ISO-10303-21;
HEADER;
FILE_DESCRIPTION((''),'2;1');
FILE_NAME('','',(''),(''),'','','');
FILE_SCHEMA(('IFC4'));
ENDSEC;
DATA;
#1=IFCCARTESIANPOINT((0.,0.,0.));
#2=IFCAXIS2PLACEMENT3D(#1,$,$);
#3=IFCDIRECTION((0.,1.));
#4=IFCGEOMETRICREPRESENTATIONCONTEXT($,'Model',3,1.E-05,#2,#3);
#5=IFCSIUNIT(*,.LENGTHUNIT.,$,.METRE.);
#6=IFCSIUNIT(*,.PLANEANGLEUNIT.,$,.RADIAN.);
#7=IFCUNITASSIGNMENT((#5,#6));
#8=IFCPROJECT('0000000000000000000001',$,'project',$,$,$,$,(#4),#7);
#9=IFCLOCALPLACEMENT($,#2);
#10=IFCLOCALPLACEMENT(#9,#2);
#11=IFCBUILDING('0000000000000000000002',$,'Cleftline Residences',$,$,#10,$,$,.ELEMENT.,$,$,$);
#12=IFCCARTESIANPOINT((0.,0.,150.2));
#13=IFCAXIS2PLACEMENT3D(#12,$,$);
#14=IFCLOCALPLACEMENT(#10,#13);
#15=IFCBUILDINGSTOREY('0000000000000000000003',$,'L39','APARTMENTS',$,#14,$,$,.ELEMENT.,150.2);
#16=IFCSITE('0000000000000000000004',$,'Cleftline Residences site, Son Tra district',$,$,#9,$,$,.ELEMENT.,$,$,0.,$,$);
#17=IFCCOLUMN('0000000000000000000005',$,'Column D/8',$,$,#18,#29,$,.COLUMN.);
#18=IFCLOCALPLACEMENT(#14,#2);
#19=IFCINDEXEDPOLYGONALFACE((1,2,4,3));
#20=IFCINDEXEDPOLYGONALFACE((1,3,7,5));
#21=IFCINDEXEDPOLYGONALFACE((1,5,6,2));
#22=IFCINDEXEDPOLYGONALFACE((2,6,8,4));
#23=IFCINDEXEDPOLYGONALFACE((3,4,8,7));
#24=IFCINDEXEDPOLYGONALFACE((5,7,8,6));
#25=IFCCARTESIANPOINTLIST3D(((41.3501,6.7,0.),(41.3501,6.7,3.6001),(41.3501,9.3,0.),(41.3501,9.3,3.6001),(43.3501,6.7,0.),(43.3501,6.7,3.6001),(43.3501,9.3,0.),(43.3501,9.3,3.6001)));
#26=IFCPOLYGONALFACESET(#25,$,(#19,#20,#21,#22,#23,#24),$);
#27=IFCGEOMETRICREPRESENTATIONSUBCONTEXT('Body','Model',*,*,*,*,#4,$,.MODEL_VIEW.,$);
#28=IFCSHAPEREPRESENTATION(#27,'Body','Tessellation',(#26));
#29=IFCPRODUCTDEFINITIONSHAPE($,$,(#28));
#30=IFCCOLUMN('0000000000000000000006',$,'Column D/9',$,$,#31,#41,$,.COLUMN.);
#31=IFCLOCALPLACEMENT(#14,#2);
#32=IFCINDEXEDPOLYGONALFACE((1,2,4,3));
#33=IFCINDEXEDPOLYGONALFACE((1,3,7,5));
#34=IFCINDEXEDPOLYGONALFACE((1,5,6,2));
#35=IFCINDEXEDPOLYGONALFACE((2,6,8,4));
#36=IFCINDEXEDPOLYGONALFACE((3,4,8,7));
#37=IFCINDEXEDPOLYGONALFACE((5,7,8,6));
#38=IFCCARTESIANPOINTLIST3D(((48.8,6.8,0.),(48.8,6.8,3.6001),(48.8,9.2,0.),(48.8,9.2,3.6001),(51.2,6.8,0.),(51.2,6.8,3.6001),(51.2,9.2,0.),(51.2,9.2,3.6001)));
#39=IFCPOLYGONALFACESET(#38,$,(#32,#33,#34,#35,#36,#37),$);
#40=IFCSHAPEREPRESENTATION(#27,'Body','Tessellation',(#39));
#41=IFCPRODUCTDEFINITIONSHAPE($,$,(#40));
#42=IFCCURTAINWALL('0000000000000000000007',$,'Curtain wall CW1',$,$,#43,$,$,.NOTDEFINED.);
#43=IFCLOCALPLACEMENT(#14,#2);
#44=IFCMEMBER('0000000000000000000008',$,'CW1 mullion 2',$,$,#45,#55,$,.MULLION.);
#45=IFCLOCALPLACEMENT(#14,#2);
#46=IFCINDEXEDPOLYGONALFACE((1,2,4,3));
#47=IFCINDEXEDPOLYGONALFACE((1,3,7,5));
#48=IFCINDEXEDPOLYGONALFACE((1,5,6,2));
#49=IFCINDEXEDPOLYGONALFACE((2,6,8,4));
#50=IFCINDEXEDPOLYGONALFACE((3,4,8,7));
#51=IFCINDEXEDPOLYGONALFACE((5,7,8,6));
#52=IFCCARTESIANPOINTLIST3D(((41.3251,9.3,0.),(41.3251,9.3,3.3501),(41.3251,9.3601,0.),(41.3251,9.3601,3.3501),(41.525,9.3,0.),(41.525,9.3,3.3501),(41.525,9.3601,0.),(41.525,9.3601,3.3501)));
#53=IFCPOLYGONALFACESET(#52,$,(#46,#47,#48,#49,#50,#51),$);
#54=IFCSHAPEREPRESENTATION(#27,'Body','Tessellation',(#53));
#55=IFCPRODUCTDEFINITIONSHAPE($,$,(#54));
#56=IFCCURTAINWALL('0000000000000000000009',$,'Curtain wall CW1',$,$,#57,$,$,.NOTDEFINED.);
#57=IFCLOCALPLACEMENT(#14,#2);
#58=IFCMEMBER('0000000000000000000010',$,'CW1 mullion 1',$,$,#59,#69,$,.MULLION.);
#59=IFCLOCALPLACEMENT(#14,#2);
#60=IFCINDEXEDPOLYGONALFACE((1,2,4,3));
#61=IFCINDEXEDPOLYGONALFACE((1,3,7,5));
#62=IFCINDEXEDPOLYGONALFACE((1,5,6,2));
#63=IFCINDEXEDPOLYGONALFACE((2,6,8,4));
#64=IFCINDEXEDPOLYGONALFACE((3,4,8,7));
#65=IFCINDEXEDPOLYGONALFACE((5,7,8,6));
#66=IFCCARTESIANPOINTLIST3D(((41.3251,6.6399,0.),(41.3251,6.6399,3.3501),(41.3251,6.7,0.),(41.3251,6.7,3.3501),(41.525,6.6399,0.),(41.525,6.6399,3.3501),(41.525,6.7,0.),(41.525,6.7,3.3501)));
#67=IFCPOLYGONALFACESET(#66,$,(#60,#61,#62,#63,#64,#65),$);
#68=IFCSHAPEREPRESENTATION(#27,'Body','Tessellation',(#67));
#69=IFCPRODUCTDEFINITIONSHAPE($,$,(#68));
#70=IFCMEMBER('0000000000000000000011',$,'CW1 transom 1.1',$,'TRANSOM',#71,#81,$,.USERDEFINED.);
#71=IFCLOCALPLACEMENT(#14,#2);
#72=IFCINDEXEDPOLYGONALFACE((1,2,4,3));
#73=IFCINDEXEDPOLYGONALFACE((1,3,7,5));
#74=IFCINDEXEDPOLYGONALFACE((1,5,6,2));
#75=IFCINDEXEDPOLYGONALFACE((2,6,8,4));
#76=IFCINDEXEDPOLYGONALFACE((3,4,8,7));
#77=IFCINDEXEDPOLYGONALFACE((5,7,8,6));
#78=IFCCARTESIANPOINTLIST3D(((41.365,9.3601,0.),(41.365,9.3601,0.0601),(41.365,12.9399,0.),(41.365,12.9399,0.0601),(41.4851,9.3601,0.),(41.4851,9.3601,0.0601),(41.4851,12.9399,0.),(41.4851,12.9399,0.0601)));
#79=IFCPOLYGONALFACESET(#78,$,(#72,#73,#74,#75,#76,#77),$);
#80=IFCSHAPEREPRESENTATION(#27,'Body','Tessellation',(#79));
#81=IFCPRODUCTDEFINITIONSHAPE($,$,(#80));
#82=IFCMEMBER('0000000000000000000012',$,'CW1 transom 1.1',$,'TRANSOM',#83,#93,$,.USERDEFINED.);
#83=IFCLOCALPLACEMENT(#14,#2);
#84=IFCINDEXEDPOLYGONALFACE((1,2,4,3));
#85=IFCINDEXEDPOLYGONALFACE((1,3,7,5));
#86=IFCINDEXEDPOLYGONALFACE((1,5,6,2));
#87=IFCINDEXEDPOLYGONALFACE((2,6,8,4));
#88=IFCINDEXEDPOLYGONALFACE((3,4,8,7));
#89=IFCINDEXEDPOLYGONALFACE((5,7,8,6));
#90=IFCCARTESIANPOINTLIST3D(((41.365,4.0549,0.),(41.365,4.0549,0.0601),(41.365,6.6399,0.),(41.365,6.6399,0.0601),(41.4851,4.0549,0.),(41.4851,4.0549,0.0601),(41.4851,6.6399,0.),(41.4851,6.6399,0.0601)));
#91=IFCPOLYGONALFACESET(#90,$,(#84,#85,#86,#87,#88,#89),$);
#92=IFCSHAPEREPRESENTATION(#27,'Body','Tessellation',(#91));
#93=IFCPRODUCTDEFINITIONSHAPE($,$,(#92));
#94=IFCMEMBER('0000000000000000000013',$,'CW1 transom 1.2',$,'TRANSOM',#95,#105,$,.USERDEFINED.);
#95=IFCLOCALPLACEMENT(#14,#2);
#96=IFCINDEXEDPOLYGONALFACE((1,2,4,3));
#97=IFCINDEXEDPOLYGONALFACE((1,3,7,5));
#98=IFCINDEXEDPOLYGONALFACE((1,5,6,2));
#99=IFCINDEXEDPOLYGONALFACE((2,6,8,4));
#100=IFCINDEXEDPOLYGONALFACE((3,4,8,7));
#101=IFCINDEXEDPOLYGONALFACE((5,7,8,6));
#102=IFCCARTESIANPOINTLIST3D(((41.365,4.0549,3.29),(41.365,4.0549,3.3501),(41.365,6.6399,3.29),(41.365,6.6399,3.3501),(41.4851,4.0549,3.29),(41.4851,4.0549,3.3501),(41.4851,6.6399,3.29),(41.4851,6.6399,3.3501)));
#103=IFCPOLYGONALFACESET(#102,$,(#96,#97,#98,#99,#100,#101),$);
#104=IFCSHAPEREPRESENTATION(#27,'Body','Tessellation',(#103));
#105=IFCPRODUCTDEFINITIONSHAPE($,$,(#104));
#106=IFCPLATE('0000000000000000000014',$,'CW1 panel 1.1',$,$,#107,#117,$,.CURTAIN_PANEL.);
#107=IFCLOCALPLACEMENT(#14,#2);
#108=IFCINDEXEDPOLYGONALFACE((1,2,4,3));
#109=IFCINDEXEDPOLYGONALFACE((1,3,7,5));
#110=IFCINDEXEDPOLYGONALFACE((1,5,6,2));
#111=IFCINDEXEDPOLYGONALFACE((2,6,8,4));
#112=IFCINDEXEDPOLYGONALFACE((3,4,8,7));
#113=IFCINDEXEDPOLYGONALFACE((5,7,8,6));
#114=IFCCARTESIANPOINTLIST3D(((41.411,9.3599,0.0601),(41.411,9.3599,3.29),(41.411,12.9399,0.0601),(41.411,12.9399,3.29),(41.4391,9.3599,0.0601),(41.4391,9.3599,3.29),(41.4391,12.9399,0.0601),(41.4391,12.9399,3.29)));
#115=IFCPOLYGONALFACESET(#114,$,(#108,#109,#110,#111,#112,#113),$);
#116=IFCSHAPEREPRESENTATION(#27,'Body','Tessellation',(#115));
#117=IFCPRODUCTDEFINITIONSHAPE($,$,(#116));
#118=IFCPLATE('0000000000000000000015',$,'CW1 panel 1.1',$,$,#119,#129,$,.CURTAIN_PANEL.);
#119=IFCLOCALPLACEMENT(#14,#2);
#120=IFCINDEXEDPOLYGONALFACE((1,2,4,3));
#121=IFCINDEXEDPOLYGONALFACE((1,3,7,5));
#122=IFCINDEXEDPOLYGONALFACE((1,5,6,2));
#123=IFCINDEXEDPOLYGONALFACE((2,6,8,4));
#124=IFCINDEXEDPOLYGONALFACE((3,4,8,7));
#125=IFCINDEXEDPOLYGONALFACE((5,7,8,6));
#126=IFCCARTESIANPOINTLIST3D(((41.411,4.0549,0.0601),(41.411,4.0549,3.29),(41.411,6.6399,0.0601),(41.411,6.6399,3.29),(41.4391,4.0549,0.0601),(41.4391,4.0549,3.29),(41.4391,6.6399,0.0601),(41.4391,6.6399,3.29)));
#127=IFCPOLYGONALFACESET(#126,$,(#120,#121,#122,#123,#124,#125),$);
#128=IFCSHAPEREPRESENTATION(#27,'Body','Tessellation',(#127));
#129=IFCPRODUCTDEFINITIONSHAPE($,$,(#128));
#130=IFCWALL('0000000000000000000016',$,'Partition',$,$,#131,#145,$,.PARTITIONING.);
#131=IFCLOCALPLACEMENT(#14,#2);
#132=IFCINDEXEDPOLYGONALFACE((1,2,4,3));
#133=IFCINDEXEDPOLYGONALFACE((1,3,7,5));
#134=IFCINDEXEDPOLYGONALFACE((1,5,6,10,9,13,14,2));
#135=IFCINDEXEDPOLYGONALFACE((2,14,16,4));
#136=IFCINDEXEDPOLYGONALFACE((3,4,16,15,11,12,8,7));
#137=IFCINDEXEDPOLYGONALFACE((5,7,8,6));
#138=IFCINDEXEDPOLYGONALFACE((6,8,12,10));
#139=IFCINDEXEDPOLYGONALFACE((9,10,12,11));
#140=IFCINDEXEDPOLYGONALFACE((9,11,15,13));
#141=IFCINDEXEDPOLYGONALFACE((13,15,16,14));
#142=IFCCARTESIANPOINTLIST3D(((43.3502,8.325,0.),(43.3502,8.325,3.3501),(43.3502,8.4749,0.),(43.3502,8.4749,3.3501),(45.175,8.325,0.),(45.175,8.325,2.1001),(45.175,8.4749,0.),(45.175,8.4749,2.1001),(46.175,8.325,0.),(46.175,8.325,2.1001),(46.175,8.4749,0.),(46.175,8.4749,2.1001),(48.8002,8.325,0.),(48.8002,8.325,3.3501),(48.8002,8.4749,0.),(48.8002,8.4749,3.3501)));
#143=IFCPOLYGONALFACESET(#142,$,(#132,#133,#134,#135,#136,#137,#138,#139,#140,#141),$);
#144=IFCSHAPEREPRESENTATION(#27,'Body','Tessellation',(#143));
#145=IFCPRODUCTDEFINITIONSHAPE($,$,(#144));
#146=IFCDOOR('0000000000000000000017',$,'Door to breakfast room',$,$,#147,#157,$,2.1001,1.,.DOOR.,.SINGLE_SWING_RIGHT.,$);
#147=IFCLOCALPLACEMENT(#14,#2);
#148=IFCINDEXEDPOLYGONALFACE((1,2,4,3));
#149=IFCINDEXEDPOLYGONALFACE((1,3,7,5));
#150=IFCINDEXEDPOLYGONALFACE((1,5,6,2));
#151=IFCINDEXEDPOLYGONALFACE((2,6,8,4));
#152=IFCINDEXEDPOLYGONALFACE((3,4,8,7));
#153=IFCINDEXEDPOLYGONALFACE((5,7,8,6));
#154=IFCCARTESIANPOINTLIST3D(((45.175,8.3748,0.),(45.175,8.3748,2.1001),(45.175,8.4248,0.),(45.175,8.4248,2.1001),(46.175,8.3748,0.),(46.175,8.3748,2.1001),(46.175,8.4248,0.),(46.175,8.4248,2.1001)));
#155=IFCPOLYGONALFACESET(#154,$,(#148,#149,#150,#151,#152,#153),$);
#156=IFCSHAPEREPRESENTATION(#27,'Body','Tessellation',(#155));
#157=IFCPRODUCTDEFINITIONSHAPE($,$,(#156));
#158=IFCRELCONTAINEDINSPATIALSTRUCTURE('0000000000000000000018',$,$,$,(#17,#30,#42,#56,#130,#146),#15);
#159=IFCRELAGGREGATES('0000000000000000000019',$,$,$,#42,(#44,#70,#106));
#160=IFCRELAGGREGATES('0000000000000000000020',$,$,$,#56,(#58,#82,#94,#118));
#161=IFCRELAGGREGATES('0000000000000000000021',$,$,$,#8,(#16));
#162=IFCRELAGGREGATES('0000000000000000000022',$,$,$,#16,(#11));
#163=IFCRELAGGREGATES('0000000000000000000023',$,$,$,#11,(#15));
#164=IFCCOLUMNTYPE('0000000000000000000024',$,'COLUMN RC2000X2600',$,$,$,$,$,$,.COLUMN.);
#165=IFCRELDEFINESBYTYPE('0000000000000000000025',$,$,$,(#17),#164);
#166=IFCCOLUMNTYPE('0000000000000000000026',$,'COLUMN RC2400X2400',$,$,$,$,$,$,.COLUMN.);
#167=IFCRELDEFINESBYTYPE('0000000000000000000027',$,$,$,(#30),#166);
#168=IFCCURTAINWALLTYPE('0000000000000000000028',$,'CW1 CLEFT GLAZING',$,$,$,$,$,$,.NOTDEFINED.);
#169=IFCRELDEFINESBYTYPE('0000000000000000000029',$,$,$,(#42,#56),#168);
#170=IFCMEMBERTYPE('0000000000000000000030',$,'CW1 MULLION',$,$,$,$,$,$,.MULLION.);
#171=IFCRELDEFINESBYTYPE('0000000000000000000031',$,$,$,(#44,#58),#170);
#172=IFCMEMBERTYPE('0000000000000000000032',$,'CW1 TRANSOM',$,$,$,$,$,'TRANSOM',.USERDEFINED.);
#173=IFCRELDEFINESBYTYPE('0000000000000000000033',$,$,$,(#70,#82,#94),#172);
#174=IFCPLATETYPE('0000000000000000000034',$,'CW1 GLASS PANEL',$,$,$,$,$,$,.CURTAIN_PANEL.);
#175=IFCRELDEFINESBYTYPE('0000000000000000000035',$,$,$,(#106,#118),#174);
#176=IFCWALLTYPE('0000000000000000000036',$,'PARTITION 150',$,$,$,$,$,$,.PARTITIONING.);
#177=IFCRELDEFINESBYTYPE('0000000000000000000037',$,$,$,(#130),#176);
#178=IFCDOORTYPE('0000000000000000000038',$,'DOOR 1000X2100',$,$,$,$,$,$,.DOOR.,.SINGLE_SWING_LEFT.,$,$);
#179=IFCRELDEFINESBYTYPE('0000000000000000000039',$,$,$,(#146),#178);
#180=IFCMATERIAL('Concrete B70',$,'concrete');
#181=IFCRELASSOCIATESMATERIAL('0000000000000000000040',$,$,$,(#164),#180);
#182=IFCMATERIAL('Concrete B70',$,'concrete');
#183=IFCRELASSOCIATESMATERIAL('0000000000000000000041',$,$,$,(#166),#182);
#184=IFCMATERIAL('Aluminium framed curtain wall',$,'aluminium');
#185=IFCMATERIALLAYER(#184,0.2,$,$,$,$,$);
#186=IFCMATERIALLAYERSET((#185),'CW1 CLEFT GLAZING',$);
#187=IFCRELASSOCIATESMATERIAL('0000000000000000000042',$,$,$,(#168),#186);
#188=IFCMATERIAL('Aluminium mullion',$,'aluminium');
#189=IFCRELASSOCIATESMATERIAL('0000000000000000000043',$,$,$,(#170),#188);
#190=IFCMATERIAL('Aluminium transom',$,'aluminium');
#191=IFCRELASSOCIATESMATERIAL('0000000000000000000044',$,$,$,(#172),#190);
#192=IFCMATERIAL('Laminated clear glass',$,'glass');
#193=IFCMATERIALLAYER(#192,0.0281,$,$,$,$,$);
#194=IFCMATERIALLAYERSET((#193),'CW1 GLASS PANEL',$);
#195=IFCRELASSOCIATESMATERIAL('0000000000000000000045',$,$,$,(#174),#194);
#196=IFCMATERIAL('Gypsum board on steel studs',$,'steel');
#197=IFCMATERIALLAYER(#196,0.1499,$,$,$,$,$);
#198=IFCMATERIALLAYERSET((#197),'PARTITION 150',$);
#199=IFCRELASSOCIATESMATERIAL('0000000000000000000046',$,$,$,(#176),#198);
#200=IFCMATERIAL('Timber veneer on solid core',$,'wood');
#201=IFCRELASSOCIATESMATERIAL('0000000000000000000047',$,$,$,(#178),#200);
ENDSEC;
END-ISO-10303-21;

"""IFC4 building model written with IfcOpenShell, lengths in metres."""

from ifc_helpers import new_model, si_unit, direction, frame, frame_2d, origin, origin_2d, place, context, subcontext, project, spatial, rectangle, extrude, material, layer, layer_set, material_profile, profile_set, type_object, element, fill, aggregate, save


model = new_model("IFC4")

# Units and contexts
model_context = context("Model", 3, precision=1e-05, world=origin(), true_north=direction((0.0, 1.0)))
body_context = subcontext(model_context, "Body", "Model", "MODEL_VIEW")
ifc_project = project(units=[si_unit("LENGTHUNIT", "METRE"), si_unit("PLANEANGLEUNIT", "RADIAN")], contexts=[model_context])

# Site, building, storey
site_placement = place(None, origin())
site = spatial("IfcSite", under=ifc_project, at=site_placement, Name="Cleftline Residences site, Son Tra district", CompositionType="ELEMENT", RefElevation=0.0)
building_placement = place(site_placement, origin())
building = spatial("IfcBuilding", under=site, at=building_placement, Name="Cleftline Residences", CompositionType="ELEMENT")
storey_placement = place(building_placement, frame((0.0, 0.0, 150.2)))
storey = spatial("IfcBuildingStorey", under=building, at=storey_placement, Name="L39", Description="APARTMENTS", CompositionType="ELEMENT", Elevation=150.2)

# Columns
ifc_material_1 = material(Name="Concrete B70", Category="concrete")
ifc_material_profile_1 = material_profile(ifc_material_1, rectangle(XDim=2.0, YDim=2.6001, at=origin_2d()))
ifc_profile_set_1 = profile_set([ifc_material_profile_1], Name="Concrete B70")
column_type_1 = type_object("IfcColumnType", Name="COLUMN RC2000X2600", PredefinedType="COLUMN", material=ifc_profile_set_1)
column_1_placement = place(storey_placement, frame((42.3501, 8.0, 0.0), z_axis=(0.0, 0.0, 1.0), x_axis=(1.0, 0.0, 0.0)))
element("IfcColumn", 1, at=column_1_placement, inside=storey, type_object=column_type_1, Name="Column D/8", PredefinedType="COLUMN", context=body_context, shape_type="SweptSolid", body=[
    extrude(rectangle(XDim=2.0, YDim=2.6001, at=origin_2d()), origin(), (0.0, 0.0, 1.0), 3.6001),
])
ifc_material_2 = material(Name="Concrete B70", Category="concrete")
ifc_material_profile_2 = material_profile(ifc_material_2, rectangle(XDim=2.3999, YDim=2.3999, at=origin_2d()))
ifc_profile_set_2 = profile_set([ifc_material_profile_2], Name="Concrete B70")
column_type_2 = type_object("IfcColumnType", Name="COLUMN RC2400X2400", PredefinedType="COLUMN", material=ifc_profile_set_2)
column_2_placement = place(storey_placement, frame((50.0, 8.0, 0.0), z_axis=(0.0, 0.0, 1.0), x_axis=(1.0, 0.0, 0.0)))
element("IfcColumn", 2, at=column_2_placement, inside=storey, type_object=column_type_2, Name="Column D/9", PredefinedType="COLUMN", context=body_context, shape_type="SweptSolid", body=[
    extrude(rectangle(XDim=2.3999, YDim=2.3999, at=origin_2d()), origin(), (0.0, 0.0, 1.0), 3.6001),
])

# Curtain walls, members
ifc_material_3 = material(Name="Aluminium framed curtain wall", Category="aluminium")
ifc_layer_1 = layer(ifc_material_3, 0.2)
ifc_layer_set_1 = layer_set([ifc_layer_1], Name="CW1 CLEFT GLAZING")
curtain_wall_type = type_object("IfcCurtainWallType", Name="CW1 CLEFT GLAZING", PredefinedType="NOTDEFINED", material=ifc_layer_set_1)
curtain_wall_1_placement = place(storey_placement, origin())
curtain_wall_1 = element("IfcCurtainWall", 3, at=curtain_wall_1_placement, inside=storey, type_object=curtain_wall_type, Name="Curtain wall CW1", PredefinedType="NOTDEFINED")
ifc_material_4 = material(Name="Aluminium mullion", Category="aluminium")
ifc_material_profile_3 = material_profile(ifc_material_4, rectangle(XDim=0.2, YDim=0.0601, at=origin_2d()))
ifc_profile_set_3 = profile_set([ifc_material_profile_3], Name="Aluminium mullion")
member_type_1 = type_object("IfcMemberType", Name="CW1 MULLION", PredefinedType="MULLION", material=ifc_profile_set_3)
member_1_placement = place(storey_placement, frame((41.425, 9.3301, 0.0), z_axis=(0.0, 0.0, 1.0), x_axis=(1.0, 0.0, 0.0)))
member_1 = element("IfcMember", 4, at=member_1_placement, type_object=member_type_1, Name="CW1 mullion 2", PredefinedType="MULLION", context=body_context, shape_type="SweptSolid", body=[
    extrude(rectangle(XDim=0.2, YDim=0.0601, at=origin_2d()), origin(), (0.0, 0.0, 1.0), 3.3501),
])
curtain_wall_2_placement = place(storey_placement, origin())
curtain_wall_2 = element("IfcCurtainWall", 5, at=curtain_wall_2_placement, inside=storey, type_object=curtain_wall_type, Name="Curtain wall CW1", PredefinedType="NOTDEFINED")
member_2_placement = place(storey_placement, frame((41.425, 6.6699, 0.0), z_axis=(0.0, 0.0, 1.0), x_axis=(1.0, 0.0, 0.0)))
member_2 = element("IfcMember", 6, at=member_2_placement, type_object=member_type_1, Name="CW1 mullion 1", PredefinedType="MULLION", context=body_context, shape_type="SweptSolid", body=[
    extrude(rectangle(XDim=0.2, YDim=0.0601, at=origin_2d()), origin(), (0.0, 0.0, 1.0), 3.3501),
])

# Members
ifc_material_5 = material(Name="Aluminium transom", Category="aluminium")
ifc_material_profile_4 = material_profile(ifc_material_5, rectangle(XDim=0.1201, YDim=0.0601, at=origin_2d()))
ifc_profile_set_4 = profile_set([ifc_material_profile_4], Name="Aluminium transom")
member_type_2 = type_object("IfcMemberType", Name="CW1 TRANSOM", ElementType="TRANSOM", PredefinedType="USERDEFINED", material=ifc_profile_set_4)
member_3_placement = place(storey_placement, frame((41.425, 12.9399, 0.03), z_axis=(0.0, -1.0, 0.0), x_axis=(1.0, 0.0, 0.0)))
member_3 = element("IfcMember", 7, at=member_3_placement, type_object=member_type_2, Name="CW1 transom 1.1", ObjectType="TRANSOM", PredefinedType="USERDEFINED", context=body_context, shape_type="SweptSolid", body=[
    extrude(rectangle(XDim=0.1201, YDim=0.0601, at=origin_2d()), origin(), (0.0, 0.0, 1.0), 3.5798),
])
member_4_placement = place(storey_placement, frame((41.425, 6.6399, 0.03), z_axis=(0.0, -1.0, 0.0), x_axis=(1.0, 0.0, 0.0)))
member_4 = element("IfcMember", 8, at=member_4_placement, type_object=member_type_2, Name="CW1 transom 1.1", ObjectType="TRANSOM", PredefinedType="USERDEFINED", context=body_context, shape_type="SweptSolid", body=[
    extrude(rectangle(XDim=0.1201, YDim=0.0601, at=origin_2d()), origin(), (0.0, 0.0, 1.0), 2.585),
])
member_5_placement = place(storey_placement, frame((41.425, 6.6399, 3.3201), z_axis=(0.0, -1.0, 0.0), x_axis=(1.0, 0.0, 0.0)))
member_5 = element("IfcMember", 9, at=member_5_placement, type_object=member_type_2, Name="CW1 transom 1.2", ObjectType="TRANSOM", PredefinedType="USERDEFINED", context=body_context, shape_type="SweptSolid", body=[
    extrude(rectangle(XDim=0.1201, YDim=0.0601, at=origin_2d()), origin(), (0.0, 0.0, 1.0), 2.585),
])

# Plates
ifc_material_6 = material(Name="Laminated clear glass", Category="glass")
ifc_layer_2 = layer(ifc_material_6, 0.0281)
ifc_layer_set_2 = layer_set([ifc_layer_2], Name="CW1 GLASS PANEL")
plate_type = type_object("IfcPlateType", Name="CW1 GLASS PANEL", PredefinedType="CURTAIN_PANEL", material=ifc_layer_set_2)
plate_1_placement = place(storey_placement, frame((41.425, 11.1499, 0.0601), z_axis=(0.0, 0.0, 1.0), x_axis=(0.0, -1.0, 0.0)))
plate_1 = element("IfcPlate", 10, at=plate_1_placement, type_object=plate_type, Name="CW1 panel 1.1", PredefinedType="CURTAIN_PANEL", context=body_context, shape_type="SweptSolid", body=[
    extrude(rectangle(XDim=3.5801, YDim=0.0281, at=origin_2d()), origin(), (0.0, 0.0, 1.0), 3.23),
])
aggregate(curtain_wall_1, [member_1, member_3, plate_1])
plate_2_placement = place(storey_placement, frame((41.425, 5.3474, 0.0601), z_axis=(0.0, 0.0, 1.0), x_axis=(0.0, -1.0, 0.0)))
plate_2 = element("IfcPlate", 11, at=plate_2_placement, type_object=plate_type, Name="CW1 panel 1.1", PredefinedType="CURTAIN_PANEL", context=body_context, shape_type="SweptSolid", body=[
    extrude(rectangle(XDim=2.585, YDim=0.0281, at=origin_2d()), origin(), (0.0, 0.0, 1.0), 3.23),
])
aggregate(curtain_wall_2, [member_2, member_4, member_5, plate_2])

# Wall, opening, door
ifc_material_7 = material(Name="Gypsum board on steel studs", Category="steel")
ifc_layer_3 = layer(ifc_material_7, 0.1499)
ifc_layer_set_3 = layer_set([ifc_layer_3], Name="PARTITION 150")
wall_type = type_object("IfcWallType", Name="PARTITION 150", PredefinedType="PARTITIONING", material=ifc_layer_set_3)
wall_1_placement = place(storey_placement, frame((43.3501, 8.3999, 0.0), z_axis=(0.0, 0.0, 1.0), x_axis=(1.0, 0.0, 0.0)))
wall_1 = element("IfcWall", 12, at=wall_1_placement, inside=storey, type_object=wall_type, Name="Partition", PredefinedType="PARTITIONING", context=body_context, shape_type="SweptSolid", body=[
    extrude(rectangle(XDim=5.45, YDim=0.1499, at=frame_2d((2.7251, 0.0))), origin(), (0.0, 0.0, 1.0), 3.3501),
])
opening_1_placement = place(wall_1_placement, frame((1.825, 0.0, 0.0)))
opening_1 = element("IfcOpeningElement", 13, at=opening_1_placement, cuts=wall_1, PredefinedType="OPENING", context=body_context, shape_type="SweptSolid", body=[
    extrude(rectangle(XDim=1.0, YDim=2.1001, at=frame_2d((0.5, 1.05))), frame((0.0, 0.085, 0.0), z_axis=(0.0, -1.0, 0.0), x_axis=(1.0, 0.0, 0.0)), (0.0, 0.0, 1.0), 0.1699),
])
ifc_material_8 = material(Name="Timber veneer on solid core", Category="wood")
door_type_1 = type_object("IfcDoorType", Name="DOOR 1000X2100", OperationType="SINGLE_SWING_LEFT", PredefinedType="DOOR", material=ifc_material_8)
door_1_placement = place(opening_1_placement, origin())
door_1 = element("IfcDoor", 14, at=door_1_placement, inside=storey, type_object=door_type_1, Name="Door to breakfast room", OperationType="SINGLE_SWING_RIGHT", OverallHeight=2.1001, OverallWidth=1.0, PredefinedType="DOOR", context=body_context, shape_type="SweptSolid", body=[
    extrude(rectangle(XDim=1.0, YDim=2.1001, at=frame_2d((0.5, 1.05))), frame((0.0, 0.0249, 0.0), z_axis=(0.0, -1.0, 0.0), x_axis=(1.0, 0.0, 0.0)), (0.0, 0.0, 1.0), 0.05),
])
fill(opening_1, door_1)

save(model, "model.ifc")
